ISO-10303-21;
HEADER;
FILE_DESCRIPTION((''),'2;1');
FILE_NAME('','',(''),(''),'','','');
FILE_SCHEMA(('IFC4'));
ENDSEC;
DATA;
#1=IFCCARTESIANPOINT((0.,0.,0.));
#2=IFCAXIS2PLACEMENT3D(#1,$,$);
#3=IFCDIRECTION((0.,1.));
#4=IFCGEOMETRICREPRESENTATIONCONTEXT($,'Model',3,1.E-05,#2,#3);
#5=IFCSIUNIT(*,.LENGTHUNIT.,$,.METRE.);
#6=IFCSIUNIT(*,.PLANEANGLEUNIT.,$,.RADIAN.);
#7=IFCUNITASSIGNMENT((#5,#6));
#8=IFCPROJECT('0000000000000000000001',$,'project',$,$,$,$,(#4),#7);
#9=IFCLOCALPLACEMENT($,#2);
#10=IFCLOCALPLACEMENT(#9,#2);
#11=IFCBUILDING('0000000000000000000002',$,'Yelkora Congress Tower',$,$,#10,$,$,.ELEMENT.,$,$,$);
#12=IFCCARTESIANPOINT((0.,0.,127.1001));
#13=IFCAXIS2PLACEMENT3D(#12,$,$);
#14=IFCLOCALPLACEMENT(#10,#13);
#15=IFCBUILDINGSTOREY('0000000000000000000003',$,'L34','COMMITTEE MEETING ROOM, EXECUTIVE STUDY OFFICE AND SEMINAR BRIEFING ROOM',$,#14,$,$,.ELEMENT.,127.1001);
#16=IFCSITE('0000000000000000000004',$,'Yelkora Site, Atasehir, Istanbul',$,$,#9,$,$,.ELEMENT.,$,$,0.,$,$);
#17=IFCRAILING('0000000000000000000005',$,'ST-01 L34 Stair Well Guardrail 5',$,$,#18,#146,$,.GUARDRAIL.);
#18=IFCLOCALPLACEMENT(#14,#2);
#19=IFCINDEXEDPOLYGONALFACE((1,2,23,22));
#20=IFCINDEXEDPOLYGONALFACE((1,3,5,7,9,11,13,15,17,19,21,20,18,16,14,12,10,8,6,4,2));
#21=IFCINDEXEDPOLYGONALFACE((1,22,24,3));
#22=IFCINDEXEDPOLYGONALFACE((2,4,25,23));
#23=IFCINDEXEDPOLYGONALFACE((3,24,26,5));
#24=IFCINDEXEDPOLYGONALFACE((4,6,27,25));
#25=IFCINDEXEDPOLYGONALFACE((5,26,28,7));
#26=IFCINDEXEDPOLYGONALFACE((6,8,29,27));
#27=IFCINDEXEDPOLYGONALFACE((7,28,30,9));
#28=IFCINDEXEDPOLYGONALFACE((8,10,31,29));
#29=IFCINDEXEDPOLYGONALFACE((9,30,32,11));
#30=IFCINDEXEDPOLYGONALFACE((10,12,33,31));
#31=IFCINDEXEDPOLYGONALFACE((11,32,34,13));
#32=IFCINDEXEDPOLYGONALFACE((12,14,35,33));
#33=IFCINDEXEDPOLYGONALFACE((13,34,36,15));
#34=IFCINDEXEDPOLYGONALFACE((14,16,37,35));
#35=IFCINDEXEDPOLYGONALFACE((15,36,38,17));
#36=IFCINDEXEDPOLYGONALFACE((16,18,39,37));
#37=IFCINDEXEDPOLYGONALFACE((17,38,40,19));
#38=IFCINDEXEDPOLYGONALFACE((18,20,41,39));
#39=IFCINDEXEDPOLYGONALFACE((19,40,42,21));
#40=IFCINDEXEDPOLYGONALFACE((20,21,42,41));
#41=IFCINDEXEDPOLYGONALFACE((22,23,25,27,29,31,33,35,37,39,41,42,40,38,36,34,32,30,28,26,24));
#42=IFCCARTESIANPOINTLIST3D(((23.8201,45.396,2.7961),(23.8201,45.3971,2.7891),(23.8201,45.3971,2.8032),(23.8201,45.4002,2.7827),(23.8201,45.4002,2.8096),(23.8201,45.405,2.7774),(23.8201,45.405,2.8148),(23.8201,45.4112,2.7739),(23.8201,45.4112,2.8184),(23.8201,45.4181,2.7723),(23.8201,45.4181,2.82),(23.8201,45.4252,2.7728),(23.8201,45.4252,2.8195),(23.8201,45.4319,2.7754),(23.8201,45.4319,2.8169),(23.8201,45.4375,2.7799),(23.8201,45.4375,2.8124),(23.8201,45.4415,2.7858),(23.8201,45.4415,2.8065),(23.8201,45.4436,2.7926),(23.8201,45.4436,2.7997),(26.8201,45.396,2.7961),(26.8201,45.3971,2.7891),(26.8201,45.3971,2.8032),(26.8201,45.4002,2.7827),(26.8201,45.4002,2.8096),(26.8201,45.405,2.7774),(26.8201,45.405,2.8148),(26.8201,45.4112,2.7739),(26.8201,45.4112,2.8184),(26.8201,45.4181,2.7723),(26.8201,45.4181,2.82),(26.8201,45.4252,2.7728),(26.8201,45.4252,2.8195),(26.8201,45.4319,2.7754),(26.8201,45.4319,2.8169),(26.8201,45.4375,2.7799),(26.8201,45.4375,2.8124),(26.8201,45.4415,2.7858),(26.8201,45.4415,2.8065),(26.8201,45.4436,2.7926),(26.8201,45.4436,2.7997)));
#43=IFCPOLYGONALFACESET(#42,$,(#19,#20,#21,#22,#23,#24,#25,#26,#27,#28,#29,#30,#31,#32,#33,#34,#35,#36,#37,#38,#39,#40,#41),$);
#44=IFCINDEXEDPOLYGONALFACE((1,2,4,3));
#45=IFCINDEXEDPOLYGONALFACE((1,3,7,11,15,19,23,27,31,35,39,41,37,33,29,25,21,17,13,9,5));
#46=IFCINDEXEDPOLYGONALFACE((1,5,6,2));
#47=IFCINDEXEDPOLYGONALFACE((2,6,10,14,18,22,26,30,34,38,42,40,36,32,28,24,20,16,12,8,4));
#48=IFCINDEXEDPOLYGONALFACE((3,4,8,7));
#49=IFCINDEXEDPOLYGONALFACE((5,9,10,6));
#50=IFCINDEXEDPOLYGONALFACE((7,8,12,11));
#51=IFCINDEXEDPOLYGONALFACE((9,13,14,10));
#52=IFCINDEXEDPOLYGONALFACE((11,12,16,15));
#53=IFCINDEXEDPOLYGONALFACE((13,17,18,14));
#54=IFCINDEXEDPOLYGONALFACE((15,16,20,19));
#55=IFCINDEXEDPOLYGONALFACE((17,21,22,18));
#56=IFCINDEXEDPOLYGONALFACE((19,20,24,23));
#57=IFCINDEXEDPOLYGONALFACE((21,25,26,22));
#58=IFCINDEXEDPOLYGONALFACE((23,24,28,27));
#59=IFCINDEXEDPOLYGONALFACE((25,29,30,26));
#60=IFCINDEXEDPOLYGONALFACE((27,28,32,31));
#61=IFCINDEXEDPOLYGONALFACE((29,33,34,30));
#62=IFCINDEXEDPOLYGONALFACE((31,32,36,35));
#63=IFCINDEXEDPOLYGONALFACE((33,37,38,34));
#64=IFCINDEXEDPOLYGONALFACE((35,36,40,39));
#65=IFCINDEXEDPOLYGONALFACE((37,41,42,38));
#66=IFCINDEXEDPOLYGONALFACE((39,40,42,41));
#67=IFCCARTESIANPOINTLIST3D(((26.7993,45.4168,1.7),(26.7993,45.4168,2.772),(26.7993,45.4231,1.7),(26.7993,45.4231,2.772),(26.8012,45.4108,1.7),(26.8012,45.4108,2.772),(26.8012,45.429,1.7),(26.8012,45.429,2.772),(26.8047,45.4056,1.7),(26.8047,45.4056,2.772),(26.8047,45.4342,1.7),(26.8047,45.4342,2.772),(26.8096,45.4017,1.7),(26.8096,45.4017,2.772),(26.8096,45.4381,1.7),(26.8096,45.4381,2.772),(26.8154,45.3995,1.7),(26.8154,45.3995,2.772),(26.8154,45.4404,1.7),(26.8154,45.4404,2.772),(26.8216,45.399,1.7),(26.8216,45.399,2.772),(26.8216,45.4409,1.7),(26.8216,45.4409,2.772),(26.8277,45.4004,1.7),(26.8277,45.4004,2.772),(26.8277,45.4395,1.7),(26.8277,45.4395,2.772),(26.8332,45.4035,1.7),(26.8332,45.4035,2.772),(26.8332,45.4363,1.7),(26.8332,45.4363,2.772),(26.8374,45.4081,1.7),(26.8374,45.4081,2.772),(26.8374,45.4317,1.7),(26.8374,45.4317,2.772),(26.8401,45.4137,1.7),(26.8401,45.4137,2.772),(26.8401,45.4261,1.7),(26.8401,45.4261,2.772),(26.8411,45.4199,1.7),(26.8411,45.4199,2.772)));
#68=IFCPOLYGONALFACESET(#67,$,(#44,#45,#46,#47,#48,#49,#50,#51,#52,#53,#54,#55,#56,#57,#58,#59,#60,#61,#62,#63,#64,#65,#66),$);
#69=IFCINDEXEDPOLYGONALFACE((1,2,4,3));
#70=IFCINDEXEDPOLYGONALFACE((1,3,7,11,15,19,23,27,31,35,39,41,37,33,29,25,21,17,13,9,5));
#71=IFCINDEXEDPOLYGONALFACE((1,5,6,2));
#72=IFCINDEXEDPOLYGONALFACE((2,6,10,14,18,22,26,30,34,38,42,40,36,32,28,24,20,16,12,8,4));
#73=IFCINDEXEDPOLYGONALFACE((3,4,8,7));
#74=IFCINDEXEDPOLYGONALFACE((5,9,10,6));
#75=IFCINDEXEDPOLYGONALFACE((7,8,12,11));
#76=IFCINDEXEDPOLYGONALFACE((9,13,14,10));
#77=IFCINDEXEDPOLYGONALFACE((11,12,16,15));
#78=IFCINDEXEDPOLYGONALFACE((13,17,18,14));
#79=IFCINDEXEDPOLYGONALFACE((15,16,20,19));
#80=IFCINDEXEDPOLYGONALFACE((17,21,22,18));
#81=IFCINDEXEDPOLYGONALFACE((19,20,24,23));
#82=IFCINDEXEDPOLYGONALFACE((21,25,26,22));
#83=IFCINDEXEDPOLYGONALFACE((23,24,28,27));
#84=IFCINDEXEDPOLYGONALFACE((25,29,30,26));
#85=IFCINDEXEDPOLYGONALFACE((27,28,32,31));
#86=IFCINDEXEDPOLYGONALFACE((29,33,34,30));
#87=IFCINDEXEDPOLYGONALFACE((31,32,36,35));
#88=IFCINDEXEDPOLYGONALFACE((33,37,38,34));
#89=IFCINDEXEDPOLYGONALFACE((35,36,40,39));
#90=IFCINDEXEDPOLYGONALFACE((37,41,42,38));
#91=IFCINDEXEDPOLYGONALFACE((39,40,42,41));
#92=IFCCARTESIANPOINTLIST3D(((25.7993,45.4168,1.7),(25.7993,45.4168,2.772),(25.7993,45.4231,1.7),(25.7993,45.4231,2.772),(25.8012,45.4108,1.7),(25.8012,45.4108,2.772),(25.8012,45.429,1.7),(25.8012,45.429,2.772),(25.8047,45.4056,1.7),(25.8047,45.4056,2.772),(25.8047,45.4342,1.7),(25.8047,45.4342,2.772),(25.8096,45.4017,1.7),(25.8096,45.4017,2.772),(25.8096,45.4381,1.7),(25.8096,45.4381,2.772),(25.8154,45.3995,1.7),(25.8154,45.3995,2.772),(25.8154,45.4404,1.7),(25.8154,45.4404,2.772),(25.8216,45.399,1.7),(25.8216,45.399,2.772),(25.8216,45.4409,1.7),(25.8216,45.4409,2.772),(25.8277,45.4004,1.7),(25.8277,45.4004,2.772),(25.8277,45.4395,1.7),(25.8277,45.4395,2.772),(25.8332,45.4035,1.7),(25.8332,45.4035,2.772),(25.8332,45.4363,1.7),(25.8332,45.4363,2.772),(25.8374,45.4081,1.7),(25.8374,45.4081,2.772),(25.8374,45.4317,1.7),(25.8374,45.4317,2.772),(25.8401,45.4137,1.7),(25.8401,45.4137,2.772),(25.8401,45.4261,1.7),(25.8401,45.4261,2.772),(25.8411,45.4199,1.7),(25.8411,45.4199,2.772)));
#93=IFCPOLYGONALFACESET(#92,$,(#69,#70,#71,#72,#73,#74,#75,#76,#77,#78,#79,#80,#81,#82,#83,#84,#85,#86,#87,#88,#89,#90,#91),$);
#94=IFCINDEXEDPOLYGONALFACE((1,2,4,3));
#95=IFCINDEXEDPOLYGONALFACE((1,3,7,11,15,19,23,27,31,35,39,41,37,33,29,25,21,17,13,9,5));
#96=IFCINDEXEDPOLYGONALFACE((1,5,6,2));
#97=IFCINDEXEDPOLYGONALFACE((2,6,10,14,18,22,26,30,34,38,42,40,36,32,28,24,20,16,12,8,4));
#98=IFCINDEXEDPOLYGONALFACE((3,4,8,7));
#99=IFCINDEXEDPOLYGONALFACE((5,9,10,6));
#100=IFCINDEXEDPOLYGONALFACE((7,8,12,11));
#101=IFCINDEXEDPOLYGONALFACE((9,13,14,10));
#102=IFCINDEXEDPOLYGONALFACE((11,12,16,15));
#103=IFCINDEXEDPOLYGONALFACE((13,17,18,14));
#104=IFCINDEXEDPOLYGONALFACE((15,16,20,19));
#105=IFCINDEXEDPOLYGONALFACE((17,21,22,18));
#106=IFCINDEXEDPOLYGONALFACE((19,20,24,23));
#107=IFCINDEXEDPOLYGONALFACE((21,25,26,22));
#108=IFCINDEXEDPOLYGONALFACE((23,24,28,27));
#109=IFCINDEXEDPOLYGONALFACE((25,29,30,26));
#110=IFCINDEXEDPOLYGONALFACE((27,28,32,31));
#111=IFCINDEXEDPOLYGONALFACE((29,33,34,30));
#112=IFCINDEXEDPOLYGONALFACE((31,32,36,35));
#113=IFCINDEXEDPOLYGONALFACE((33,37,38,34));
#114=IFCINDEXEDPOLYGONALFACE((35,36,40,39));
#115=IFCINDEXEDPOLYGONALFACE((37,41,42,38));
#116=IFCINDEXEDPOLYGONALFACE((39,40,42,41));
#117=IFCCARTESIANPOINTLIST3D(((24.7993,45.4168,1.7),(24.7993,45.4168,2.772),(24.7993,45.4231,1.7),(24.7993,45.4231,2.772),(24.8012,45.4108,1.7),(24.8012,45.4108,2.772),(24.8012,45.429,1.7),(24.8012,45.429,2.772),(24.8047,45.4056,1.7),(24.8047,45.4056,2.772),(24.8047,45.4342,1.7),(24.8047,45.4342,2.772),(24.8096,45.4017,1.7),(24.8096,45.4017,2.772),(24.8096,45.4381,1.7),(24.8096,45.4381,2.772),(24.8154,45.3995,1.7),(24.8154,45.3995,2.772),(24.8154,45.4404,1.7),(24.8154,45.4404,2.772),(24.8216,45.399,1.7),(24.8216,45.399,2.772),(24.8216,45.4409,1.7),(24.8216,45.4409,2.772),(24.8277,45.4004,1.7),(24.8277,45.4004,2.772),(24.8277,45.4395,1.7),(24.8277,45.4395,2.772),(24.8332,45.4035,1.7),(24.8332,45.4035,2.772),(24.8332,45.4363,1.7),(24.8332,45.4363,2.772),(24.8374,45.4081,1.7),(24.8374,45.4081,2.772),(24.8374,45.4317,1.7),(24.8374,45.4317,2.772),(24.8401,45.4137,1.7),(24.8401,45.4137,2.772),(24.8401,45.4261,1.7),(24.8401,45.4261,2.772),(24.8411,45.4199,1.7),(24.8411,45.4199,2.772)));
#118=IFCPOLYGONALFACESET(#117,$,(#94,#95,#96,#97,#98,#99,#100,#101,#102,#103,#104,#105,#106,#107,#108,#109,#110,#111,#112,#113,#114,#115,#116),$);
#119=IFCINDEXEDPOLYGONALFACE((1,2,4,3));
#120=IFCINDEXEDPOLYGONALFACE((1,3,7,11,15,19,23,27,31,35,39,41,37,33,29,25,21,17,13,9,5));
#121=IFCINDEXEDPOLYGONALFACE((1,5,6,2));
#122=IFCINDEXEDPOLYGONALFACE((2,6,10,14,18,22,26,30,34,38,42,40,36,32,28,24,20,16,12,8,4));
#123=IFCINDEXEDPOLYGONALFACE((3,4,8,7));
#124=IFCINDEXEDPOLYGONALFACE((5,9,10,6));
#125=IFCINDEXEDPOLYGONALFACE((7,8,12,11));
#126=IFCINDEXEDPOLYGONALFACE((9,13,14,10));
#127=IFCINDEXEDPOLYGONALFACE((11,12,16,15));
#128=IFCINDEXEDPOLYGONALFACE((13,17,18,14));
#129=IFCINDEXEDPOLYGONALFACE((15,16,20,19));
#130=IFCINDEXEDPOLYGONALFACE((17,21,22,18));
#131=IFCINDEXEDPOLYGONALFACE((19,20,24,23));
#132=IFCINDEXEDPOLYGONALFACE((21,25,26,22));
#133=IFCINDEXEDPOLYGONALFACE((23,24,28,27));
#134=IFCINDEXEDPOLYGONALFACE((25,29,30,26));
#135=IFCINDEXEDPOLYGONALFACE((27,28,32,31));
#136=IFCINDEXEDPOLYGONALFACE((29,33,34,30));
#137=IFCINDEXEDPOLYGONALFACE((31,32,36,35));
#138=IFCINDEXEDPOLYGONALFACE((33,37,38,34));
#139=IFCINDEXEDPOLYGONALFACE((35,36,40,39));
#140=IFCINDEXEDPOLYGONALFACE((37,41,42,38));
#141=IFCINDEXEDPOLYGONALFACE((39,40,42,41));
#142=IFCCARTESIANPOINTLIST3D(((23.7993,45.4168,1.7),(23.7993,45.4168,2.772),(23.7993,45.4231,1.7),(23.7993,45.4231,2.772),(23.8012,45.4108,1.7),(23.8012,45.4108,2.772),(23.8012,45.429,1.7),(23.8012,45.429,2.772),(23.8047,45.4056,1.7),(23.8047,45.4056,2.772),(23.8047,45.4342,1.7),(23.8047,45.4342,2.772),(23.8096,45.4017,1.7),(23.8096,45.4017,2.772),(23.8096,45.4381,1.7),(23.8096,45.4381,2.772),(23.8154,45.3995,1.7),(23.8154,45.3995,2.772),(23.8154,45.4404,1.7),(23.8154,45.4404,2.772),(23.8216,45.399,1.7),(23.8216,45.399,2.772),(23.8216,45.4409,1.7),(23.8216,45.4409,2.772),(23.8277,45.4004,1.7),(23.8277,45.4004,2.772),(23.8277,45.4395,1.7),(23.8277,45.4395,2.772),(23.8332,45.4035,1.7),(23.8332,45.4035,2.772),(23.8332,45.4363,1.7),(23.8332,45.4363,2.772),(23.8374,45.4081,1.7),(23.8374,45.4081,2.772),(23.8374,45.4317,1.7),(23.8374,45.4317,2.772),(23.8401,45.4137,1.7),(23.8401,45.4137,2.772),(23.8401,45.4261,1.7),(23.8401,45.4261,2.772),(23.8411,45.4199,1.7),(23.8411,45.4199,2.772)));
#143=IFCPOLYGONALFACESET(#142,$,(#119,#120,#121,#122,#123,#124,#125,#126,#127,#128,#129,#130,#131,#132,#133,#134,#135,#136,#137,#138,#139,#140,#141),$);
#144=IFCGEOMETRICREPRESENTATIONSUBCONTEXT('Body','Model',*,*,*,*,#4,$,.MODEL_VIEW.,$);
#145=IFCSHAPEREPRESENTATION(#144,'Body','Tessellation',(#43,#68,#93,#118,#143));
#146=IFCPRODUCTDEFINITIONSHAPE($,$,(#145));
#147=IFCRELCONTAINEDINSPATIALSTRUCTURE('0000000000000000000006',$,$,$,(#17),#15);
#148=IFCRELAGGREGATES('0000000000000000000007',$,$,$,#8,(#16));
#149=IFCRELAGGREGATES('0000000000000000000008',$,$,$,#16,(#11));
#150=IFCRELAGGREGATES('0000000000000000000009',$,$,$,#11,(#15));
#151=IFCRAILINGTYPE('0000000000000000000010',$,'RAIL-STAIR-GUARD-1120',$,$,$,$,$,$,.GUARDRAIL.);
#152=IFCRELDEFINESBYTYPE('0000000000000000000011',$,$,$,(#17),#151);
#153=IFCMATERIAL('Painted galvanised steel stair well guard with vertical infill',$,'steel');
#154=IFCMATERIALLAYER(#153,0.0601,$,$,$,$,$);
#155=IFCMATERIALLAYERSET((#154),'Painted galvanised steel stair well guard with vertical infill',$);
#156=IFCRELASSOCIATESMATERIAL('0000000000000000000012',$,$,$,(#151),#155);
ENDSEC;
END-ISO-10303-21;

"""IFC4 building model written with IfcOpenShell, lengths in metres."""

from ifc_helpers import new_model, si_unit, direction, frame, origin, origin_2d, place, context, subcontext, project, spatial, circle, extrude, material, layer, layer_set, type_object, element, save


model = new_model("IFC4")

# Units and contexts
model_context = context("Model", 3, precision=1e-05, world=origin(), true_north=direction((0.0, 1.0)))
body_context = subcontext(model_context, "Body", "Model", "MODEL_VIEW")
ifc_project = project(units=[si_unit("LENGTHUNIT", "METRE"), si_unit("PLANEANGLEUNIT", "RADIAN")], contexts=[model_context])

# Site, building, storey
site_placement = place(None, origin())
site = spatial("IfcSite", under=ifc_project, at=site_placement, Name="Yelkora Site, Atasehir, Istanbul", CompositionType="ELEMENT", RefElevation=0.0)
building_placement = place(site_placement, origin())
building = spatial("IfcBuilding", under=site, at=building_placement, Name="Yelkora Congress Tower", CompositionType="ELEMENT")
storey_placement = place(building_placement, frame((0.0, 0.0, 127.1001)))
storey = spatial("IfcBuildingStorey", under=building, at=storey_placement, Name="L34", Description="COMMITTEE MEETING ROOM, EXECUTIVE STUDY OFFICE AND SEMINAR BRIEFING ROOM", CompositionType="ELEMENT", Elevation=127.1001)

# Railing
ifc_material_1 = material(Name="Painted galvanised steel stair well guard with vertical infill", Category="steel")
ifc_layer_1 = layer(ifc_material_1, 0.0601)
ifc_layer_set_1 = layer_set([ifc_layer_1], Name="Painted galvanised steel stair well guard with vertical infill")
railing_type_1 = type_object("IfcRailingType", Name="RAIL-STAIR-GUARD-1120", PredefinedType="GUARDRAIL", material=ifc_layer_set_1)
railing_1_placement = place(storey_placement, frame((26.8201, 45.4199, 1.7)))
element("IfcRailing", 1, at=railing_1_placement, inside=storey, type_object=railing_type_1, Name="ST-01 L34 Stair Well Guardrail 5", PredefinedType="GUARDRAIL", context=body_context, shape_type="SweptSolid", body=[
    extrude(circle(Radius=0.0239, at=origin_2d()), frame((0.0, 0.0, 1.0962), z_axis=(-1.0, 0.0, 0.0), x_axis=(0.0, -1.0, 0.0)), (0.0, 0.0, 1.0), 3.0),
    extrude(circle(Radius=0.021, at=origin_2d()), origin(), (0.0, 0.0, 1.0), 1.072),
    extrude(circle(Radius=0.021, at=origin_2d()), frame((-1.0, 0.0, 0.0)), (0.0, 0.0, 1.0), 1.072),
    extrude(circle(Radius=0.021, at=origin_2d()), frame((-2.0, 0.0, 0.0)), (0.0, 0.0, 1.0), 1.072),
    extrude(circle(Radius=0.021, at=origin_2d()), frame((-3.0, 0.0, 0.0)), (0.0, 0.0, 1.0), 1.072),
])

save(model, "model.ifc")
